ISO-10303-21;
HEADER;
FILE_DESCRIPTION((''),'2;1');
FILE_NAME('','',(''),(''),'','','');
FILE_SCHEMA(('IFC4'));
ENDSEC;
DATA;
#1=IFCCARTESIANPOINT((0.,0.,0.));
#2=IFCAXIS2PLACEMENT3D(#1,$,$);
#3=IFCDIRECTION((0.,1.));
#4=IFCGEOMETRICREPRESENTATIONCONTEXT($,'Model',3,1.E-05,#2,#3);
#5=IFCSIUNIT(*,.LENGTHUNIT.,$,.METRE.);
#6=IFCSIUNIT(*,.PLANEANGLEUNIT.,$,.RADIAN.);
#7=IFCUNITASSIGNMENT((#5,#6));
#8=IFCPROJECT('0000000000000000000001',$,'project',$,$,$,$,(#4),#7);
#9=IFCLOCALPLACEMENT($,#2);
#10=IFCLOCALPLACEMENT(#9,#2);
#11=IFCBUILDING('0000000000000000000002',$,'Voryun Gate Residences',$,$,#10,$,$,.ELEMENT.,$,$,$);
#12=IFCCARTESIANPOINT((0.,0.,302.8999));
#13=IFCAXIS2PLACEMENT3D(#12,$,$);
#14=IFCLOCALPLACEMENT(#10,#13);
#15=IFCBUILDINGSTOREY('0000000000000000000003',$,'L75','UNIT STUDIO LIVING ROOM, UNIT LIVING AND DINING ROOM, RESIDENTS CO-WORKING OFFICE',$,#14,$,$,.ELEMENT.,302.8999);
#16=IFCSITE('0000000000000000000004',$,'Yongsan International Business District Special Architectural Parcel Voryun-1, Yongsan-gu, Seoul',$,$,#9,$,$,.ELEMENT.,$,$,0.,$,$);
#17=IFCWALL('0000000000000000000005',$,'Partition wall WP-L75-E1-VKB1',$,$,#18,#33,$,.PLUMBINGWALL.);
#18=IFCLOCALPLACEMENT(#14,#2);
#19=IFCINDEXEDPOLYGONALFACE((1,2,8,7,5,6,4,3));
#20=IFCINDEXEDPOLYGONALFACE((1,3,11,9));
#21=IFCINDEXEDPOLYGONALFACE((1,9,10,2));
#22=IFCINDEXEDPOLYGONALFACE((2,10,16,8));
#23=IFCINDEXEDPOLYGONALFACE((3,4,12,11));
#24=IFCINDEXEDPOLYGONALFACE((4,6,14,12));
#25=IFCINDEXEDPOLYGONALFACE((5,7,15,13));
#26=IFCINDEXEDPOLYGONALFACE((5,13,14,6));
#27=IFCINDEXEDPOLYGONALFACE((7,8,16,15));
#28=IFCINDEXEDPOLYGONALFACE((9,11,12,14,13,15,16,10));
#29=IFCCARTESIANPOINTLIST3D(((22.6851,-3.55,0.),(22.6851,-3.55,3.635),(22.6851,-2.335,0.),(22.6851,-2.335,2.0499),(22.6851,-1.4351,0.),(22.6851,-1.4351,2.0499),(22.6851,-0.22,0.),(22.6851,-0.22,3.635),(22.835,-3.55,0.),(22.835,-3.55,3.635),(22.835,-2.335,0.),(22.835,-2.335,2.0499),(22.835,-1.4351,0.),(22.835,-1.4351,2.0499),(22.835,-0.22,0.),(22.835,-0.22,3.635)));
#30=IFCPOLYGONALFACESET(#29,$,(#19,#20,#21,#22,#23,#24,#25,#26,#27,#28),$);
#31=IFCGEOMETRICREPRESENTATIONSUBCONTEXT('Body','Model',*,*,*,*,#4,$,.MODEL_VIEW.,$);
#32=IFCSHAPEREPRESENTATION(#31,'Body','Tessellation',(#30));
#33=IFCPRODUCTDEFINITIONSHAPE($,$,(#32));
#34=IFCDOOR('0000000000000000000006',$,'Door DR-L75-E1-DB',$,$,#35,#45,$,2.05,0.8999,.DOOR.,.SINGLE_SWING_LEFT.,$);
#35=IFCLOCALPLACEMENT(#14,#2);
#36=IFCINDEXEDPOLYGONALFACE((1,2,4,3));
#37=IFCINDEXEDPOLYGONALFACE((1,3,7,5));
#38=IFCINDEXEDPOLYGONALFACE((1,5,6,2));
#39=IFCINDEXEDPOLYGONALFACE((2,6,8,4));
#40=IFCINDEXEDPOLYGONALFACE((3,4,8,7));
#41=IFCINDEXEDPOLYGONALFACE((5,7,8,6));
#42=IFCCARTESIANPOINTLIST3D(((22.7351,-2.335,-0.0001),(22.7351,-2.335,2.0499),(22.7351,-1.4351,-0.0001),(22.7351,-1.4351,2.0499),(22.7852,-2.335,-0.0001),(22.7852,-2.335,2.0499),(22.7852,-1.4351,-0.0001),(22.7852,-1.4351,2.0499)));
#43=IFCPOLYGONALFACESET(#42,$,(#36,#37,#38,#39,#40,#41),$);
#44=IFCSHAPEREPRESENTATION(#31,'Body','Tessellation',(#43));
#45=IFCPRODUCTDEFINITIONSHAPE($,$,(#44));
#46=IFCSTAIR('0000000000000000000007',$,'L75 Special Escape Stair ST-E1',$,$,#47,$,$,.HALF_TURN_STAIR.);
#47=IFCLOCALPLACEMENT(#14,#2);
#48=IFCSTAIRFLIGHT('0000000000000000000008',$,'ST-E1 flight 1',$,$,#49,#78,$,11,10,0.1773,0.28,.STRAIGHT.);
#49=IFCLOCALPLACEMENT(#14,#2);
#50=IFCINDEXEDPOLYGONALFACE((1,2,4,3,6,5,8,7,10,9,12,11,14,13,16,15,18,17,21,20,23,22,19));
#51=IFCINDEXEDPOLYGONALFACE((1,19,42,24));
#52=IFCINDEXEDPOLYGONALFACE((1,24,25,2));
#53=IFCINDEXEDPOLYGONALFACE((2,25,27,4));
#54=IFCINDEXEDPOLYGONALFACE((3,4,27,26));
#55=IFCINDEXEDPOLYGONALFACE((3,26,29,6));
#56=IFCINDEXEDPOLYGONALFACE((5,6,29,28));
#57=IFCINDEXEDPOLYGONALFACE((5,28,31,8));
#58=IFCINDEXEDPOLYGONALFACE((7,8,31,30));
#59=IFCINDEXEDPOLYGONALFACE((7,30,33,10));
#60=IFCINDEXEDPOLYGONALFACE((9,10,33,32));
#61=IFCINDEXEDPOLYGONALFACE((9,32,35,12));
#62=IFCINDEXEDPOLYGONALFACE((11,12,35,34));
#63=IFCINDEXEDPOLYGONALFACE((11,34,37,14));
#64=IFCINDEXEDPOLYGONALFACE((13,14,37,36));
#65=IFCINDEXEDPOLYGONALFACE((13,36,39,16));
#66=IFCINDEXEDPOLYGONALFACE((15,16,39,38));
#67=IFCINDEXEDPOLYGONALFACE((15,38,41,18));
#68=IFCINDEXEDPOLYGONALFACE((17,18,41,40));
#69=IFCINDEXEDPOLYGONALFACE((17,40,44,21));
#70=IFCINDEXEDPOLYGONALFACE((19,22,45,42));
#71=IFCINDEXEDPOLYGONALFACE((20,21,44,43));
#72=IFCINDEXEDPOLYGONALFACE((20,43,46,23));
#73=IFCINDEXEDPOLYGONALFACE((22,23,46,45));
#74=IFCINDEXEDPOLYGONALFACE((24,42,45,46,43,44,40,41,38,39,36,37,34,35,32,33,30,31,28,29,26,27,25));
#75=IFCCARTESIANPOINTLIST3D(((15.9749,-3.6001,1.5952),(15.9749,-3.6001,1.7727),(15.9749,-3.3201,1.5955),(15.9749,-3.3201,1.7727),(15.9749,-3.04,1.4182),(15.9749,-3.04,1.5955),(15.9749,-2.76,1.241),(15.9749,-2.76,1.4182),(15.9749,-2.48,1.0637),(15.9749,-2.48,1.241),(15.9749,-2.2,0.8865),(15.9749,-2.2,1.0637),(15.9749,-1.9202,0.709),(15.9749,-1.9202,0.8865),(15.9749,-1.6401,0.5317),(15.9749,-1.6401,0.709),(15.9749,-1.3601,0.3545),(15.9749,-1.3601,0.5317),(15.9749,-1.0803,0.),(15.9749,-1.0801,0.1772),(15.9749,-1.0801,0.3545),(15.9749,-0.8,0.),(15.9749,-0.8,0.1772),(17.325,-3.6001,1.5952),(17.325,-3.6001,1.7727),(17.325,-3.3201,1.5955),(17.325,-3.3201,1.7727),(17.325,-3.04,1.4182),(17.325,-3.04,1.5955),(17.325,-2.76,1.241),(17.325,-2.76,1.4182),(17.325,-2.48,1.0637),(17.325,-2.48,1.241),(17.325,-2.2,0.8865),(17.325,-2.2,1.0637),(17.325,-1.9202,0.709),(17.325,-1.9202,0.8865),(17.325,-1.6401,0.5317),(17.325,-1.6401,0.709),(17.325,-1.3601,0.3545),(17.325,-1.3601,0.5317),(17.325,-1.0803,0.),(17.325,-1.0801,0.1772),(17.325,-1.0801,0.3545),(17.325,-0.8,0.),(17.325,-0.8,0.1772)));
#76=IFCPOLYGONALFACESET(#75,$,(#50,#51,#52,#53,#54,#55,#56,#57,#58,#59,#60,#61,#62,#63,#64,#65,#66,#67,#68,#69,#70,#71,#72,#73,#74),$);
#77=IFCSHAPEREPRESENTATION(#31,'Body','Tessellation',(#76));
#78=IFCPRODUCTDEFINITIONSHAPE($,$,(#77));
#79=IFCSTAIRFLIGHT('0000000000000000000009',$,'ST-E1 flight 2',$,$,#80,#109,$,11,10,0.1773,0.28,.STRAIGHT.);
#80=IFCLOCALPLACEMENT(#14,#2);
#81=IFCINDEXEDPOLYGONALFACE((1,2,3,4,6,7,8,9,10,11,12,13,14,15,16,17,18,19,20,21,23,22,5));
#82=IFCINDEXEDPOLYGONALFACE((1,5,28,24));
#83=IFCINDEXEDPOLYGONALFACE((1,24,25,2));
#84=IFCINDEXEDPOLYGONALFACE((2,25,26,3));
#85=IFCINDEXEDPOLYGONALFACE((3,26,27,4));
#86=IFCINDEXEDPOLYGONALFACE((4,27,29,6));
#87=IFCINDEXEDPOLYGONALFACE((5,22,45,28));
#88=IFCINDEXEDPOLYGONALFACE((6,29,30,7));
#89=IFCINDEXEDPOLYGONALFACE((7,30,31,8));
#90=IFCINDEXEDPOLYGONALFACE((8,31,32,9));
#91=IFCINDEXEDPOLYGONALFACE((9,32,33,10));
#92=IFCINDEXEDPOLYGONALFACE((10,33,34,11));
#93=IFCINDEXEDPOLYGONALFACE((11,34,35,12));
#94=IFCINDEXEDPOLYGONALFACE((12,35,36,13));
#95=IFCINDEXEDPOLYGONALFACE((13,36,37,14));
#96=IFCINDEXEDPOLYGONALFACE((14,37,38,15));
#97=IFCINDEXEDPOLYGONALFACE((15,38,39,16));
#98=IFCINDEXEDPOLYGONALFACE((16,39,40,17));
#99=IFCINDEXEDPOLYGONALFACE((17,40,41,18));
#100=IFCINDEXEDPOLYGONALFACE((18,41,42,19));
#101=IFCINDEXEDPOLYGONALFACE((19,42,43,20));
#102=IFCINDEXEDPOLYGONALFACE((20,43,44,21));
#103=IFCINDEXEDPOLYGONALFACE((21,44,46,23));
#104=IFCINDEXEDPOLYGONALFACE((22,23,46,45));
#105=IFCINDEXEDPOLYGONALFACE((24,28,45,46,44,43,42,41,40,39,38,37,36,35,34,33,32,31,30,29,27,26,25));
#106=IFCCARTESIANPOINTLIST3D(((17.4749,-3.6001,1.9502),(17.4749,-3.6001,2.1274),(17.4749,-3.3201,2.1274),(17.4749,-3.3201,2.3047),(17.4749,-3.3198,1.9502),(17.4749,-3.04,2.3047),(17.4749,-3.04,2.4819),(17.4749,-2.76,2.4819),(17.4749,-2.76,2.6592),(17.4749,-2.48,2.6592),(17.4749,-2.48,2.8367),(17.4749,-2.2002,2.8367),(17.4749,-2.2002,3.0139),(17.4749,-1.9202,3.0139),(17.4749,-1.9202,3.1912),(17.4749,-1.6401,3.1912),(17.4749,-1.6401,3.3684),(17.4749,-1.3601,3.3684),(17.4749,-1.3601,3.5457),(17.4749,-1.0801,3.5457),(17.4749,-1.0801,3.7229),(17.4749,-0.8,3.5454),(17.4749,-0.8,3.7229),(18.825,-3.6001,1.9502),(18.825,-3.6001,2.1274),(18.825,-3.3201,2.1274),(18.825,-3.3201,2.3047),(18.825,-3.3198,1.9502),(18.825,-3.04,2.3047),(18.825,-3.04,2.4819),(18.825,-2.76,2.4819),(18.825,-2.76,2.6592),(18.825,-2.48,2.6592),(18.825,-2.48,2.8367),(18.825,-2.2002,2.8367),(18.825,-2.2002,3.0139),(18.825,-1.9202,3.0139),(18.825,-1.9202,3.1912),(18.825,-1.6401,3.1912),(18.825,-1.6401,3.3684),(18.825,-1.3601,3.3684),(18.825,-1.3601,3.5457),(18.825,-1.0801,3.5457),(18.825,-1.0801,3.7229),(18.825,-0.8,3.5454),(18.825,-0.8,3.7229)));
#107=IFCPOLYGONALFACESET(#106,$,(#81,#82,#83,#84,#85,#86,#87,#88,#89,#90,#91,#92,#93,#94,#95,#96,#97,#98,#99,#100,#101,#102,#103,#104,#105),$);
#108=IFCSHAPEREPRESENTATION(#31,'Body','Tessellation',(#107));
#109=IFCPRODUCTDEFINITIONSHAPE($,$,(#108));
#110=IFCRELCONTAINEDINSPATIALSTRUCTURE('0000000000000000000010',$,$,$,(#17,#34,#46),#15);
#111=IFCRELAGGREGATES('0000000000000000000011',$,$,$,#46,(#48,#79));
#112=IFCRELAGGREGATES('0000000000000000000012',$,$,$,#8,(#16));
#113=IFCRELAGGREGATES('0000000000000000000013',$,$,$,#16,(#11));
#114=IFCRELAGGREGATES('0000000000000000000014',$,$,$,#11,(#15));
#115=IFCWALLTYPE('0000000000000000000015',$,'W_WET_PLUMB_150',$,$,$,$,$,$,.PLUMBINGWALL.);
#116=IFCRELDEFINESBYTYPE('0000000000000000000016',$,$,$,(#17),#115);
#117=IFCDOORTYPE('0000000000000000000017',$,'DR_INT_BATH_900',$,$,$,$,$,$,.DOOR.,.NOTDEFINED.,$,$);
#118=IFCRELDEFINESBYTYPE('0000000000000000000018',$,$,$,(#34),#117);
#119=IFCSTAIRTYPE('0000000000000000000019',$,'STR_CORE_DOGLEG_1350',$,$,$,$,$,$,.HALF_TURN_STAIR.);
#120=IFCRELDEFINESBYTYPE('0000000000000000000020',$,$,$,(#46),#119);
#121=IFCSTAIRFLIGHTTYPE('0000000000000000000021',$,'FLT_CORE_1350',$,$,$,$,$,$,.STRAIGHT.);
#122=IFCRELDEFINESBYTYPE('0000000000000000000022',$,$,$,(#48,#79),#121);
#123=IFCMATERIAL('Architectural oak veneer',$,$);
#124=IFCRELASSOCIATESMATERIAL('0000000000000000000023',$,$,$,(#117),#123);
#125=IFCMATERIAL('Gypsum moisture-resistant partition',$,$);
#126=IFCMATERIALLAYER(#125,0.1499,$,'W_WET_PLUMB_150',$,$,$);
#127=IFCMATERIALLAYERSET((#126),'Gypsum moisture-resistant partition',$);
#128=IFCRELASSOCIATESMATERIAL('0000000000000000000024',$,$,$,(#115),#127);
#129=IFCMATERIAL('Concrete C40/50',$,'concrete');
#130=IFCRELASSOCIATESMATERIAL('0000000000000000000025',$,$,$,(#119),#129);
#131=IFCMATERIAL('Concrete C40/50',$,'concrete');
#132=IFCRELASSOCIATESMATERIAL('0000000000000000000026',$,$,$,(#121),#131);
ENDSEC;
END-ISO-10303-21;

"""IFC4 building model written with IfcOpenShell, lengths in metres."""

from ifc_helpers import new_model, si_unit, direction, frame, frame_2d, origin, place, context, subcontext, project, spatial, polyline, rectangle, outline, extrude, material, layer, layer_set, type_object, element, fill, aggregate, save


model = new_model("IFC4")

# Units and contexts
model_context = context("Model", 3, precision=1e-05, world=origin(), true_north=direction((0.0, 1.0)))
body_context = subcontext(model_context, "Body", "Model", "MODEL_VIEW")
ifc_project = project(units=[si_unit("LENGTHUNIT", "METRE"), si_unit("PLANEANGLEUNIT", "RADIAN")], contexts=[model_context])

# Site, building, storey
site_placement = place(None, origin())
site = spatial("IfcSite", under=ifc_project, at=site_placement, Name="Yongsan International Business District Special Architectural Parcel Voryun-1, Yongsan-gu, Seoul", CompositionType="ELEMENT", RefElevation=0.0)
building_placement = place(site_placement, origin())
building = spatial("IfcBuilding", under=site, at=building_placement, Name="Voryun Gate Residences", CompositionType="ELEMENT")
storey_placement = place(building_placement, frame((0.0, 0.0, 302.8999)))
storey = spatial("IfcBuildingStorey", under=building, at=storey_placement, Name="L75", Description="UNIT STUDIO LIVING ROOM, UNIT LIVING AND DINING ROOM, RESIDENTS CO-WORKING OFFICE", CompositionType="ELEMENT", Elevation=302.8999)

# Wall, opening, door
ifc_material_1 = material(Name="Architectural oak veneer")
door_type = type_object("IfcDoorType", Name="DR_INT_BATH_900", OperationType="NOTDEFINED", PredefinedType="DOOR", material=ifc_material_1)
ifc_material_2 = material(Name="Gypsum moisture-resistant partition")
ifc_layer_1 = layer(ifc_material_2, 0.1499, Name="W_WET_PLUMB_150")
ifc_layer_set_1 = layer_set([ifc_layer_1], Name="Gypsum moisture-resistant partition")
wall_type_1 = type_object("IfcWallType", Name="W_WET_PLUMB_150", PredefinedType="PLUMBINGWALL", material=ifc_layer_set_1)
wall_1_placement = place(storey_placement, frame((22.76, -3.55, 0.0), z_axis=(0.0, 0.0, 1.0), x_axis=(0.0, 1.0, 0.0)))
wall_1 = element("IfcWall", 1, at=wall_1_placement, inside=storey, type_object=wall_type_1, Name="Partition wall WP-L75-E1-VKB1", PredefinedType="PLUMBINGWALL", context=body_context, shape_type="SweptSolid", body=[
    extrude(rectangle(XDim=3.3301, YDim=0.1499, at=frame_2d((1.665, 0.0))), origin(), (0.0, 0.0, 1.0), 3.635),
])
opening_1_placement = place(wall_1_placement, frame((1.2151, 0.0, 0.0)))
opening_1 = element("IfcOpeningElement", 2, at=opening_1_placement, cuts=wall_1, PredefinedType="OPENING", context=body_context, shape_type="SweptSolid", body=[
    extrude(rectangle(XDim=0.8999, YDim=2.05, at=frame_2d((0.45, 1.0249))), frame((0.0, 0.085, 0.0), z_axis=(0.0, -1.0, 0.0), x_axis=(1.0, 0.0, 0.0)), (0.0, 0.0, 1.0), 0.1699),
])
door_1_placement = place(opening_1_placement, origin())
door_1 = element("IfcDoor", 3, at=door_1_placement, inside=storey, type_object=door_type, Name="Door DR-L75-E1-DB", OperationType="SINGLE_SWING_LEFT", OverallHeight=2.05, OverallWidth=0.8999, PredefinedType="DOOR", context=body_context, shape_type="SweptSolid", body=[
    extrude(rectangle(XDim=0.8999, YDim=2.05, at=frame_2d((0.45, 1.0249))), frame((0.0, 0.0249, 0.0), z_axis=(0.0, -1.0, 0.0), x_axis=(1.0, 0.0, 0.0)), (0.0, 0.0, 1.0), 0.05),
])
fill(opening_1, door_1)

# Stair, stair flights
ifc_material_3 = material(Name="Concrete C40/50", Category="concrete")
stair_type = type_object("IfcStairType", Name="STR_CORE_DOGLEG_1350", PredefinedType="HALF_TURN_STAIR", material=ifc_material_3)
stair_placement = place(storey_placement, origin())
stair = element("IfcStair", 4, at=stair_placement, inside=storey, type_object=stair_type, Name="L75 Special Escape Stair ST-E1", PredefinedType="HALF_TURN_STAIR")
ifc_material_4 = material(Name="Concrete C40/50", Category="concrete")
stair_flight_type = type_object("IfcStairFlightType", Name="FLT_CORE_1350", PredefinedType="STRAIGHT", material=ifc_material_4)
stair_flight_1_placement = place(storey_placement, frame((16.6499, -0.8, 0.0), z_axis=(0.0, 0.0, 1.0), x_axis=(0.0, -1.0, 0.0)))
stair_flight_1 = element("IfcStairFlight", 5, at=stair_flight_1_placement, type_object=stair_flight_type, Name="ST-E1 flight 1", NumberOfRisers=11, NumberOfTreads=10, PredefinedType="STRAIGHT", RiserHeight=0.1773, TreadLength=0.28, context=body_context, shape_type="SweptSolid", body=[
    extrude(outline(polyline([(0.0, 0.0), (0.0, 0.1772), (0.28, 0.1772), (0.28, 0.3545), (0.5601, 0.3545), (0.5601, 0.5317), (0.8401, 0.5317), (0.8401, 0.709), (1.1201, 0.709), (1.1201, 0.8865), (1.3999, 0.8865), (1.3999, 1.0637), (1.6799, 1.0637), (1.6799, 1.241), (1.96, 1.241), (1.96, 1.4182), (2.24, 1.4182), (2.24, 1.5955), (2.52, 1.5955), (2.52, 1.7727), (2.8, 1.7727), (2.8, 1.95), (2.8, 1.5952), (0.2803, 0.0), (0.0, 0.0)])), frame((0.0, 0.675, 0.0), z_axis=(0.0, -1.0, 0.0), x_axis=(1.0, 0.0, 0.0)), (0.0, 0.0, 1.0), 1.3501),
])
stair_flight_2_placement = place(storey_placement, frame((18.1499, -3.6001, 1.9502), z_axis=(0.0, 0.0, 1.0), x_axis=(0.0, 1.0, 0.0)))
stair_flight_2 = element("IfcStairFlight", 6, at=stair_flight_2_placement, type_object=stair_flight_type, Name="ST-E1 flight 2", NumberOfRisers=11, NumberOfTreads=10, PredefinedType="STRAIGHT", RiserHeight=0.1773, TreadLength=0.28, context=body_context, shape_type="SweptSolid", body=[
    extrude(outline(polyline([(0.0, 0.0), (0.0, 0.1772), (0.28, 0.1772), (0.28, 0.3545), (0.5601, 0.3545), (0.5601, 0.5317), (0.8401, 0.5317), (0.8401, 0.709), (1.1201, 0.709), (1.1201, 0.8865), (1.3999, 0.8865), (1.3999, 1.0637), (1.6799, 1.0637), (1.6799, 1.241), (1.96, 1.241), (1.96, 1.4182), (2.24, 1.4182), (2.24, 1.5955), (2.52, 1.5955), (2.52, 1.7727), (2.8, 1.7727), (2.8, 1.95), (2.8, 1.5952), (0.2803, 0.0), (0.0, 0.0)])), frame((0.0, 0.675, 0.0), z_axis=(0.0, -1.0, 0.0), x_axis=(1.0, 0.0, 0.0)), (0.0, 0.0, 1.0), 1.3501),
])
aggregate(stair, [stair_flight_1, stair_flight_2])

save(model, "model.ifc")
